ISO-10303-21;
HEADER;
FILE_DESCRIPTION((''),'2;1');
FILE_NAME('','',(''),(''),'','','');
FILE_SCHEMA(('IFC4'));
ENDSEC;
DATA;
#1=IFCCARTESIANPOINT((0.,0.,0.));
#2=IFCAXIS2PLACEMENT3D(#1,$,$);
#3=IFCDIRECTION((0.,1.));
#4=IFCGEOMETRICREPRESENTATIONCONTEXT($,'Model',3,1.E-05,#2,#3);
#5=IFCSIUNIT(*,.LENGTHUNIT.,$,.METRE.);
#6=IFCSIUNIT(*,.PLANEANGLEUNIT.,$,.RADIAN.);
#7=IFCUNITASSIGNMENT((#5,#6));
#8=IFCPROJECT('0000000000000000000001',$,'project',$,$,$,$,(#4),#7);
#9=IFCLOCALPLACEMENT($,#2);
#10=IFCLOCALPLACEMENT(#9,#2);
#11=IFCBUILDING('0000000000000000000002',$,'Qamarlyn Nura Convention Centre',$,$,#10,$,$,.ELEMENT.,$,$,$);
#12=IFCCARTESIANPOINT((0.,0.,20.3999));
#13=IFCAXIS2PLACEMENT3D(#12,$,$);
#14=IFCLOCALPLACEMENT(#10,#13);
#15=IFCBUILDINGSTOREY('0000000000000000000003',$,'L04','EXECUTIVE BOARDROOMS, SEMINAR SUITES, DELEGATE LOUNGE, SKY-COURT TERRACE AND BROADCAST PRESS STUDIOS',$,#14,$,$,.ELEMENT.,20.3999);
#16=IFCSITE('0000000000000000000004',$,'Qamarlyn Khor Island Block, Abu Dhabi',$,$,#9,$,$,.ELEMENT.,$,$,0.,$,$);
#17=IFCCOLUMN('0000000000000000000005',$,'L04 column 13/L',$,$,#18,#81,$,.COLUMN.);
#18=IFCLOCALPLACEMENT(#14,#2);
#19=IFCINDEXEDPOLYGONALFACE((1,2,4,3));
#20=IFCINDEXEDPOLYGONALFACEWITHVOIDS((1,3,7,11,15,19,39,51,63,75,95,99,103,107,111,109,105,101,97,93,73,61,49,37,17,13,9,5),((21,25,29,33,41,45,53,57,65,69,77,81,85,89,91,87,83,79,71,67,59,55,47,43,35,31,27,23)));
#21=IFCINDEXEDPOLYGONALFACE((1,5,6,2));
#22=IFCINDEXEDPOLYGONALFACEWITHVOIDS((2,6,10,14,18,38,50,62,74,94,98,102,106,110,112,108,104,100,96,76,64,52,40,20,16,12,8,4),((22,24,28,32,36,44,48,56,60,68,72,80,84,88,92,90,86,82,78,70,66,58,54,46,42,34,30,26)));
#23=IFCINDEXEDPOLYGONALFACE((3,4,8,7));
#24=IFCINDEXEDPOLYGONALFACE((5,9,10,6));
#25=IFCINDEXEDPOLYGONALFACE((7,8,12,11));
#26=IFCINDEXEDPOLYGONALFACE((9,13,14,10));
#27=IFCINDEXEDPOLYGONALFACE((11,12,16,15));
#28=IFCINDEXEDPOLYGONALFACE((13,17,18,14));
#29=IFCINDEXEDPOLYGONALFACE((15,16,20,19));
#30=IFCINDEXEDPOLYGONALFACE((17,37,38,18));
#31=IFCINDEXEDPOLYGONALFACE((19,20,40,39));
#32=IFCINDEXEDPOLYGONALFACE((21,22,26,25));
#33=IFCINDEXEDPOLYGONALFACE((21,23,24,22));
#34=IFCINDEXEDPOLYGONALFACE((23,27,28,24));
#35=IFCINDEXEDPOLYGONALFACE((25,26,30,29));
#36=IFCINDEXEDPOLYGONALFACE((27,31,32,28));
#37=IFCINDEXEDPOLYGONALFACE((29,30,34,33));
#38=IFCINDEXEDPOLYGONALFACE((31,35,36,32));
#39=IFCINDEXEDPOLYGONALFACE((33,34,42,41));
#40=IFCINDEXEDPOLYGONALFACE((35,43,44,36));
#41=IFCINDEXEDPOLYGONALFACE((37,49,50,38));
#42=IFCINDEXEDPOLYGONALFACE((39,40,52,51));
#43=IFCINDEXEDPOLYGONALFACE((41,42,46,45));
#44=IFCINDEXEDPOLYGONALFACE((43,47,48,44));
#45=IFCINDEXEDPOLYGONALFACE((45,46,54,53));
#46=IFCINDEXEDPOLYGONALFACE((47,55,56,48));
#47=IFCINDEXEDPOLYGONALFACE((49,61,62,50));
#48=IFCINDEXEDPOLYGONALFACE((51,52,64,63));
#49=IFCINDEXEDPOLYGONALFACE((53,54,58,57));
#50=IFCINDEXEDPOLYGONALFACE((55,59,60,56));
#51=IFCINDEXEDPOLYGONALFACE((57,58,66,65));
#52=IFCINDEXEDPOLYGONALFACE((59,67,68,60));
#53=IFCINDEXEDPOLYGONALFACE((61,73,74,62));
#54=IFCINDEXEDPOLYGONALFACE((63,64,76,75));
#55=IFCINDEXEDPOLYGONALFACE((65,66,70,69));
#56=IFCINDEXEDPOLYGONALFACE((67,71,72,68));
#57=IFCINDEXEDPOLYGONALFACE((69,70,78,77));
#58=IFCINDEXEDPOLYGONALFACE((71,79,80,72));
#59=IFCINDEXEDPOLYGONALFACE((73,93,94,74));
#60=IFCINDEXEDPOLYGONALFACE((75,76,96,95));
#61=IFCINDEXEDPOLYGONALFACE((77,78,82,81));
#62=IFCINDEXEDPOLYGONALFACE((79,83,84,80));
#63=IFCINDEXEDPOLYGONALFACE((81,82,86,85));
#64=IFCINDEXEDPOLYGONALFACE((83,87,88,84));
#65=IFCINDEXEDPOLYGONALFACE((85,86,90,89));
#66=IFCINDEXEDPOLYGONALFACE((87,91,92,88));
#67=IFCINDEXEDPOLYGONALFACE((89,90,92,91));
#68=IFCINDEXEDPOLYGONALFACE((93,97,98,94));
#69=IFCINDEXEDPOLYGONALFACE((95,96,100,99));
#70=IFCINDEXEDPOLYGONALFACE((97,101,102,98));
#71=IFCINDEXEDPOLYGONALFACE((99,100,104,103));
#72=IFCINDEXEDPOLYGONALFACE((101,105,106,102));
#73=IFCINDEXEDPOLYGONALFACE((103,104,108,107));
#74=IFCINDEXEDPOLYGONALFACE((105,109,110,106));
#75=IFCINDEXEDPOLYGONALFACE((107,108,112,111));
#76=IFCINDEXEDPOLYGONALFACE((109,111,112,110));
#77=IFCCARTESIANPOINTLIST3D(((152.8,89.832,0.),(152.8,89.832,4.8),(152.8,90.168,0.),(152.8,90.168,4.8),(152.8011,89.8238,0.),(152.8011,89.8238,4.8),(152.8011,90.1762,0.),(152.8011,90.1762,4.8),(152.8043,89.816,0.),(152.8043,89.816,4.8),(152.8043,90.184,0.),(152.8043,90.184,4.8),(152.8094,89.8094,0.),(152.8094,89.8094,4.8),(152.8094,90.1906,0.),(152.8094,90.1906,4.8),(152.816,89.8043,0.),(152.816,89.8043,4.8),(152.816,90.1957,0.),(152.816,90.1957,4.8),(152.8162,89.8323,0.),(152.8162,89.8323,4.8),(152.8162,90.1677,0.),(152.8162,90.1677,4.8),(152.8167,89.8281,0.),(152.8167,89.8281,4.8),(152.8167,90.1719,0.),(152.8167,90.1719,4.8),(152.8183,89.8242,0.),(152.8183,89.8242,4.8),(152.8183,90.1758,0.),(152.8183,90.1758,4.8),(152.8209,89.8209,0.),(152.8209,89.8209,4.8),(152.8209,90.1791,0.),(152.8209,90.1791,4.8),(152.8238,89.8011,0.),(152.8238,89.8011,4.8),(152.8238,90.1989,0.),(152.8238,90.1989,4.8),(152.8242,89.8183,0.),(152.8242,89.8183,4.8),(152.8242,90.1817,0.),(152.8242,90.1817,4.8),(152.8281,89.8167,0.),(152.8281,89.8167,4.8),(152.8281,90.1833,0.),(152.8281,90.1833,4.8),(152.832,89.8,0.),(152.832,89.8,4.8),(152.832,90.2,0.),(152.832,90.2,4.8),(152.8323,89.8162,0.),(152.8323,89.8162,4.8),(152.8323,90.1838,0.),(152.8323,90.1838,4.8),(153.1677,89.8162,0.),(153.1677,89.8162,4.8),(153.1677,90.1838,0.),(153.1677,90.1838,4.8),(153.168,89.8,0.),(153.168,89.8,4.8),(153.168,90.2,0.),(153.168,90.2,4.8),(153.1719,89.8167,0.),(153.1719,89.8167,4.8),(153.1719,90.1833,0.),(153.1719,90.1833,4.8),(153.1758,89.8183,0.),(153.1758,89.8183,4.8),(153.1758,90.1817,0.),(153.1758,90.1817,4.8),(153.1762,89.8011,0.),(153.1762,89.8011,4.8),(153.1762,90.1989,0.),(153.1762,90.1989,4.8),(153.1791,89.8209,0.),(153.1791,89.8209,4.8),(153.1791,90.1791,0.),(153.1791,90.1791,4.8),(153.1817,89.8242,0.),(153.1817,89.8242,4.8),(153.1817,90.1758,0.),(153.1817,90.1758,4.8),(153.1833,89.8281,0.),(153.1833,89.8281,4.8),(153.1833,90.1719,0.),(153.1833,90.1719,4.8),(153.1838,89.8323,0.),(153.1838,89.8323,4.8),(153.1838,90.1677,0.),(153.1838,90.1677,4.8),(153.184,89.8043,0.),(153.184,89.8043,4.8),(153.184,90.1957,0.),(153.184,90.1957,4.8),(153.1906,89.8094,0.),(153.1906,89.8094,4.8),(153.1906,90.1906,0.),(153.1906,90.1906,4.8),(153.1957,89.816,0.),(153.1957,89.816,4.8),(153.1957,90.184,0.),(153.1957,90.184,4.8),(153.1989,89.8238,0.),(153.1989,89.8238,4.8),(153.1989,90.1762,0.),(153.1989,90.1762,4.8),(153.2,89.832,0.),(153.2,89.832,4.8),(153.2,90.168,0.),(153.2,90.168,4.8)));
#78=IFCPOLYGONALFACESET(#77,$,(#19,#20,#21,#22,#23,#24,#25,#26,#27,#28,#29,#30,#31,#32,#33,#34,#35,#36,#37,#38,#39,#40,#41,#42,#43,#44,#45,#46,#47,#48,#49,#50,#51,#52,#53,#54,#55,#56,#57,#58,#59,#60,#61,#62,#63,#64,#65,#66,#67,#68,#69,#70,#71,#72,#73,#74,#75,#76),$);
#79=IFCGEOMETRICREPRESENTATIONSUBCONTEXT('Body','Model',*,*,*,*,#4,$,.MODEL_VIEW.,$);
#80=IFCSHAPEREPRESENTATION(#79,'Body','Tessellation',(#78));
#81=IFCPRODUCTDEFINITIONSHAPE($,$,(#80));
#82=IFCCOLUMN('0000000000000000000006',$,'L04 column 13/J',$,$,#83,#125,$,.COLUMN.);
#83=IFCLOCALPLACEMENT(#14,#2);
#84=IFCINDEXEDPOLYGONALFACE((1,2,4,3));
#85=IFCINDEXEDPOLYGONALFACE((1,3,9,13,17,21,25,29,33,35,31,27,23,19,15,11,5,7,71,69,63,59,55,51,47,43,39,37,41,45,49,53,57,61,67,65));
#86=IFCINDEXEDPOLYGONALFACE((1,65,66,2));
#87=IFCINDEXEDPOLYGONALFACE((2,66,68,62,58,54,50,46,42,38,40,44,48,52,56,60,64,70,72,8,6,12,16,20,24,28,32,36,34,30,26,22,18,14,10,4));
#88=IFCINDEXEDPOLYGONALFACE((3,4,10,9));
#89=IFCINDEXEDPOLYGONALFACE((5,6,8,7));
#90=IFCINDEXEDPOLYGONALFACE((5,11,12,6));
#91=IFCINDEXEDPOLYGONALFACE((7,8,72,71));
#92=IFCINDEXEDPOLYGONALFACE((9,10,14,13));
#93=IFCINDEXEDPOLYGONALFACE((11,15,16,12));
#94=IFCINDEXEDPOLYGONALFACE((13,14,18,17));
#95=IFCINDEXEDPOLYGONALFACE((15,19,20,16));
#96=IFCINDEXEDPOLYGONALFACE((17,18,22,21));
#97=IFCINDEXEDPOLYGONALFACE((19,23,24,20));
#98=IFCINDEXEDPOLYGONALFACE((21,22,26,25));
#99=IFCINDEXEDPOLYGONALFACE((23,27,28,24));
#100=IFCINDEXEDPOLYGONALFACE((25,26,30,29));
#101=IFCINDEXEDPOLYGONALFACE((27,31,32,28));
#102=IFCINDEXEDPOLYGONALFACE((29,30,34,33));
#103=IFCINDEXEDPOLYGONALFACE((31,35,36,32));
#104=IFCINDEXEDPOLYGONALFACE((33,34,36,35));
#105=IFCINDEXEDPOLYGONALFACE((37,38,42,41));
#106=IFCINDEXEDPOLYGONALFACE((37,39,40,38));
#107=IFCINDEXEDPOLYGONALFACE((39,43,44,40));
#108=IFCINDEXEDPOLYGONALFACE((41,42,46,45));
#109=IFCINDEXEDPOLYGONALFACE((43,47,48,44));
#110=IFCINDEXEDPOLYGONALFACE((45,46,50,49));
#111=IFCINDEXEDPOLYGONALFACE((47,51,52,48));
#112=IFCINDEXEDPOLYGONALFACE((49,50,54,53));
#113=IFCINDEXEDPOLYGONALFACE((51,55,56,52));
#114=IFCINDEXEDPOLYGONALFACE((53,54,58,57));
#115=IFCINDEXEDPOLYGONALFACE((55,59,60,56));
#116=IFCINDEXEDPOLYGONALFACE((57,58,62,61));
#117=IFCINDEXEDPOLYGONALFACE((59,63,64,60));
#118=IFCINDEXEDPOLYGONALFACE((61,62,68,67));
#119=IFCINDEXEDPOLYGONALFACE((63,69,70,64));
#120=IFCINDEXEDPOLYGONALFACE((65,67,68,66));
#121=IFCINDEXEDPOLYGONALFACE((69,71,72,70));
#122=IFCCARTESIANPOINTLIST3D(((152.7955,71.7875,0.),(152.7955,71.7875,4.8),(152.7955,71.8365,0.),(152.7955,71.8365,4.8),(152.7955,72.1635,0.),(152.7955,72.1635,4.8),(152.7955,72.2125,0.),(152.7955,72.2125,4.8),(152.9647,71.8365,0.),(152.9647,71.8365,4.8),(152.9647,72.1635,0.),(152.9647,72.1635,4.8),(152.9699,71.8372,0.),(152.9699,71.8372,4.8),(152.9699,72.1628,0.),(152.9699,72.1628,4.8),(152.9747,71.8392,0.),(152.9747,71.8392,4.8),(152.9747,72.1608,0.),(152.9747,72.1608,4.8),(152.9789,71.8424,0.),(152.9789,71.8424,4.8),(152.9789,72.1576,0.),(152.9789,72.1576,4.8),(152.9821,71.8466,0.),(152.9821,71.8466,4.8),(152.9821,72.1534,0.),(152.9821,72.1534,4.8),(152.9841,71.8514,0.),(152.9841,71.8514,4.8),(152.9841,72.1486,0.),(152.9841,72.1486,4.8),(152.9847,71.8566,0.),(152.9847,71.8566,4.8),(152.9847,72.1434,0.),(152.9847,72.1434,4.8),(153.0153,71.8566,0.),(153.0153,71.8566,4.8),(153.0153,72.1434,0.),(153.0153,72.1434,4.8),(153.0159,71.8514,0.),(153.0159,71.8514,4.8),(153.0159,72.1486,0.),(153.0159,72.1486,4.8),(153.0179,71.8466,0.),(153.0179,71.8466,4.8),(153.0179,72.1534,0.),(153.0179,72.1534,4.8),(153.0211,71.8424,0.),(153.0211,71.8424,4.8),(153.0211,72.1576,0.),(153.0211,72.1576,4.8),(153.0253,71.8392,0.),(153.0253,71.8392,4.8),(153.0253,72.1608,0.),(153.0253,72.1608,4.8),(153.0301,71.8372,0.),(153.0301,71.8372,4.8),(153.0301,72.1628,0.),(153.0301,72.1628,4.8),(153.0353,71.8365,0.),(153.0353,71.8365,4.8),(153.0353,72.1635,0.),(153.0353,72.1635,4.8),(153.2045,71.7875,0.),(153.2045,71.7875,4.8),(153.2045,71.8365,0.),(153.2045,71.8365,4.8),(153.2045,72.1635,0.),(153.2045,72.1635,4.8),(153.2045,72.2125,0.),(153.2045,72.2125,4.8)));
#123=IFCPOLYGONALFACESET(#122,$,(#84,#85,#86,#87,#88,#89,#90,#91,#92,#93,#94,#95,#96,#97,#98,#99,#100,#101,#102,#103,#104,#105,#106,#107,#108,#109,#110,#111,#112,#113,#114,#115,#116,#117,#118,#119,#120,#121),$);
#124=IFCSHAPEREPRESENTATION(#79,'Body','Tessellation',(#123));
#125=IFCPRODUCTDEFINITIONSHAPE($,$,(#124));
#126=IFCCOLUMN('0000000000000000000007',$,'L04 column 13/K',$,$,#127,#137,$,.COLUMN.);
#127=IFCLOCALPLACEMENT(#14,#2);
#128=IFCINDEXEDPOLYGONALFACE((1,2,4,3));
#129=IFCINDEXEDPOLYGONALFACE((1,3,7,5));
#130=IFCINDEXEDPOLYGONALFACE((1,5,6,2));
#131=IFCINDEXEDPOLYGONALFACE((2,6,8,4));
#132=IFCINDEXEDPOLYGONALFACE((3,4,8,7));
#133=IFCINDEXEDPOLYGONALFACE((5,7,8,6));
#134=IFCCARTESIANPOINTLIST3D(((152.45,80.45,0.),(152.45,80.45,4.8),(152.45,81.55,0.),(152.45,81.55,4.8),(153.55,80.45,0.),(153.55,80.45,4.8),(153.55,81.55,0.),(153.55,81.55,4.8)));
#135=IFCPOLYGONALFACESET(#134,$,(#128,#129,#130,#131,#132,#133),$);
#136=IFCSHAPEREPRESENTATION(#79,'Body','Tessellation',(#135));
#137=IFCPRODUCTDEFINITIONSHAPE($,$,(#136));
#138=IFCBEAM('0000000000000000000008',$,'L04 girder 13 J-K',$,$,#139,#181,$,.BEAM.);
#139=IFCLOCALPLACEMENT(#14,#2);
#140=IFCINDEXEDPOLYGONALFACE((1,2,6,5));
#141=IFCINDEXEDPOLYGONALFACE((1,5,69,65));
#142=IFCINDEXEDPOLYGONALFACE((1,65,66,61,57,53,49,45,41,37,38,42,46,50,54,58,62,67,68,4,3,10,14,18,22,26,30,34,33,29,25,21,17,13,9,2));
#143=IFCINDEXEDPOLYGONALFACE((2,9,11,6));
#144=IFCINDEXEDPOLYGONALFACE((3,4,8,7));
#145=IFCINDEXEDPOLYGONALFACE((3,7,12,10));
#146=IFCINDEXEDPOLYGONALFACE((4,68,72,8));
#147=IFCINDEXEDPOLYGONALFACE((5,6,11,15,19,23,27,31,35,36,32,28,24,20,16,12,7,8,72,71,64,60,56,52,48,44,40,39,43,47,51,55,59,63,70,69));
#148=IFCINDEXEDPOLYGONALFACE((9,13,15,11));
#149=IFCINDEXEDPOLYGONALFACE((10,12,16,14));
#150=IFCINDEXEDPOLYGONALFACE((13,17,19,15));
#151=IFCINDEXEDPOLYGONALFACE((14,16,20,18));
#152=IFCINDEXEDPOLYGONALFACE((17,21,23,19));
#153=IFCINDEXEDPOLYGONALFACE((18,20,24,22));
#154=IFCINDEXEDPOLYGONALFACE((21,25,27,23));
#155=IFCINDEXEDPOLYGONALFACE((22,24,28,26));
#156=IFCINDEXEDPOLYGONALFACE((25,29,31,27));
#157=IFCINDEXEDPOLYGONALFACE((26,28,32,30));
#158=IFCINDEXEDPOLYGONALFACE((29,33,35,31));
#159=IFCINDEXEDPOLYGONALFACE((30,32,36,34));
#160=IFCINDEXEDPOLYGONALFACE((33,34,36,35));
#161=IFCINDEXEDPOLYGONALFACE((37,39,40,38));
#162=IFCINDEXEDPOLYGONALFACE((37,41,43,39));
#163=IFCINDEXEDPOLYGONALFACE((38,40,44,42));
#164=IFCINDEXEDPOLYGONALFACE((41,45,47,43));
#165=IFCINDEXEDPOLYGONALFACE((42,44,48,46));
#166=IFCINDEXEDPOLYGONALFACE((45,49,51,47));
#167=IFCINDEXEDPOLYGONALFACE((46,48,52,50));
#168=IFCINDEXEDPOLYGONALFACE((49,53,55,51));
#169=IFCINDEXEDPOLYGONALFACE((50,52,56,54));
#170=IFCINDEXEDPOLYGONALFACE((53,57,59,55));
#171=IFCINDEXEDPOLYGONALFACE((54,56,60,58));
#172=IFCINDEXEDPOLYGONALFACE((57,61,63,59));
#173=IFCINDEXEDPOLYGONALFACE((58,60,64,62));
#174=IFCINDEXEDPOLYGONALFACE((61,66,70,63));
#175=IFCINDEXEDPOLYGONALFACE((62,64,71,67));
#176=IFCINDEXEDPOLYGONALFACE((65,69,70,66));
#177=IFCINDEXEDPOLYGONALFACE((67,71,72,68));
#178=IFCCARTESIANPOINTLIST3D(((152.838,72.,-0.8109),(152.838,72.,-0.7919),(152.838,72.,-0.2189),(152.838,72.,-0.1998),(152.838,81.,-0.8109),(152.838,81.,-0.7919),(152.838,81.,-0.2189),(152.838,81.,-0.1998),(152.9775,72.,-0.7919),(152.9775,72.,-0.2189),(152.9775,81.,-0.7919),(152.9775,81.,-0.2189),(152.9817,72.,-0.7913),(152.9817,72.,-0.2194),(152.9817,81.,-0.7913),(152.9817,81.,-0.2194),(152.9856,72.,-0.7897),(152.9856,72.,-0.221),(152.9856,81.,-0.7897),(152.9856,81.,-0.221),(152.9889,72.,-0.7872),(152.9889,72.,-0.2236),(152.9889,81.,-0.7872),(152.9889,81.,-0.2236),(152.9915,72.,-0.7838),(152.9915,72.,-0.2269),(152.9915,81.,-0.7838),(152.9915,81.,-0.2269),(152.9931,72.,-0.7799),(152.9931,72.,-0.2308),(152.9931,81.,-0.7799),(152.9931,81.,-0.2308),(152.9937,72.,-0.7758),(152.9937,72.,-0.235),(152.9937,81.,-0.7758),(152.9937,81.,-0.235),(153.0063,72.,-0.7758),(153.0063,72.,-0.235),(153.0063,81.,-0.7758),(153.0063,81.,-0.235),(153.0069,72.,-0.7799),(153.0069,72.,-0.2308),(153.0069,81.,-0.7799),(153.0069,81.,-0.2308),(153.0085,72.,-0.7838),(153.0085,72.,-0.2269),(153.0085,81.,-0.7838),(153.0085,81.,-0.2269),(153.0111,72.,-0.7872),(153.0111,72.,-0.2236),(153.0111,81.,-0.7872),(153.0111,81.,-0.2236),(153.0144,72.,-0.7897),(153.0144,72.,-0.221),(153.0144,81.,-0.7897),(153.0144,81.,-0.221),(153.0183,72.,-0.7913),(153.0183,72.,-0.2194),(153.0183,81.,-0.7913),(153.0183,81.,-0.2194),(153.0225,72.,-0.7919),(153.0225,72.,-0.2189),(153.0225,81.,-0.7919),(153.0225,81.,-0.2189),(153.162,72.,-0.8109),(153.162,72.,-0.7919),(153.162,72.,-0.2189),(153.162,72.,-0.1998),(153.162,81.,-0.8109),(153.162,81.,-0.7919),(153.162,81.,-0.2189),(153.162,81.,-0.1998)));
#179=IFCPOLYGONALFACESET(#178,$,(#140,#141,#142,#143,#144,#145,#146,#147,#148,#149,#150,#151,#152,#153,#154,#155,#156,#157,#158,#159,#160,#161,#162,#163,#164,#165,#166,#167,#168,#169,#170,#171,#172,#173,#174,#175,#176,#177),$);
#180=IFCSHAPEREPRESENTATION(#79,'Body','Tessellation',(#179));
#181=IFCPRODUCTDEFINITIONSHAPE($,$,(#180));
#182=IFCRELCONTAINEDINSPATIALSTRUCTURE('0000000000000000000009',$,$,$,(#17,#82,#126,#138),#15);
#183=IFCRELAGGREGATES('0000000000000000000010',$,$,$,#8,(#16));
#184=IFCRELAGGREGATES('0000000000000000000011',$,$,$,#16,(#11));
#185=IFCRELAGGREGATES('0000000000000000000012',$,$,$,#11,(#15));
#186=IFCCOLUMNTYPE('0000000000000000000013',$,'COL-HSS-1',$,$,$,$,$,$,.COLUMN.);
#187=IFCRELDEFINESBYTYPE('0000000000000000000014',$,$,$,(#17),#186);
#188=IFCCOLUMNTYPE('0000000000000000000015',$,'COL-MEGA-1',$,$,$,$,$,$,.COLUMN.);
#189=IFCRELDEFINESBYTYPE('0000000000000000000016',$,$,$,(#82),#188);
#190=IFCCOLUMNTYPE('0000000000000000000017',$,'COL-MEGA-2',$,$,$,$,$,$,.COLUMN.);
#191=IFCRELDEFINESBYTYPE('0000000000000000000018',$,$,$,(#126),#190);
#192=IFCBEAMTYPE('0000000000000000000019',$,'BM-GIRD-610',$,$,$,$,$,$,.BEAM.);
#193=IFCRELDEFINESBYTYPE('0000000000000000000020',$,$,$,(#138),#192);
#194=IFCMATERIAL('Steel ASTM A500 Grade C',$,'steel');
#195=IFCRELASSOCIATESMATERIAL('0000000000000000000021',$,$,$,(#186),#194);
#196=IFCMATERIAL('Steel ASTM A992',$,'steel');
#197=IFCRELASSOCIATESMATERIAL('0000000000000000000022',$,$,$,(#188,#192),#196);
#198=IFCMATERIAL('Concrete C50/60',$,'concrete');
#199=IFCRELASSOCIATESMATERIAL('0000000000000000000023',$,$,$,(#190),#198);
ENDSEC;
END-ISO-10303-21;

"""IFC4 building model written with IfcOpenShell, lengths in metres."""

from ifc_helpers import new_model, si_unit, direction, frame, origin, origin_2d, place, context, subcontext, project, spatial, rectangle, hollow_rectangle, i_section, extrude, material, material_profile, profile_set, type_object, element, save


model = new_model("IFC4")

# Units and contexts
model_context = context("Model", 3, precision=1e-05, world=origin(), true_north=direction((0.0, 1.0)))
body_context = subcontext(model_context, "Body", "Model", "MODEL_VIEW")
ifc_project = project(units=[si_unit("LENGTHUNIT", "METRE"), si_unit("PLANEANGLEUNIT", "RADIAN")], contexts=[model_context])

# Site, building, storey
site_placement = place(None, origin())
site = spatial("IfcSite", under=ifc_project, at=site_placement, Name="Qamarlyn Khor Island Block, Abu Dhabi", CompositionType="ELEMENT", RefElevation=0.0)
building_placement = place(site_placement, origin())
building = spatial("IfcBuilding", under=site, at=building_placement, Name="Qamarlyn Nura Convention Centre", CompositionType="ELEMENT")
storey_placement = place(building_placement, frame((0.0, 0.0, 20.3999)))
storey = spatial("IfcBuildingStorey", under=building, at=storey_placement, Name="L04", Description="EXECUTIVE BOARDROOMS, SEMINAR SUITES, DELEGATE LOUNGE, SKY-COURT TERRACE AND BROADCAST PRESS STUDIOS", CompositionType="ELEMENT", Elevation=20.3999)

# Columns
ifc_material_1 = material(Name="Steel ASTM A500 Grade C", Category="steel")
ifc_material_profile_1 = material_profile(ifc_material_1, hollow_rectangle(XDim=0.3999, YDim=0.3999, WallThickness=0.0161, InnerFilletRadius=0.0161, OuterFilletRadius=0.032, at=origin_2d()), Name="HSS400X400X16")
ifc_profile_set_1 = profile_set([ifc_material_profile_1], Name="Steel ASTM A500 Grade C")
column_type_1 = type_object("IfcColumnType", Name="COL-HSS-1", PredefinedType="COLUMN", material=ifc_profile_set_1)
column_1_placement = place(storey_placement, frame((153.0, 90.0, 0.0), z_axis=(0.0, 0.0, 1.0), x_axis=(1.0, 0.0, 0.0)))
element("IfcColumn", 1, at=column_1_placement, inside=storey, type_object=column_type_1, Name="L04 column 13/L", PredefinedType="COLUMN", context=body_context, shape_type="SweptSolid", body=[
    extrude(hollow_rectangle(XDim=0.3999, YDim=0.3999, WallThickness=0.0161, InnerFilletRadius=0.0161, OuterFilletRadius=0.032, at=origin_2d()), origin(), (0.0, 0.0, 1.0), 4.8),
])
ifc_material_2 = material(Name="Steel ASTM A992", Category="steel")
ifc_material_profile_2 = material_profile(ifc_material_2, i_section(OverallWidth=0.4089, OverallDepth=0.425, WebThickness=0.0305, FlangeThickness=0.0491, FilletRadius=0.02, at=origin_2d()), Name="W360X421")
ifc_profile_set_2 = profile_set([ifc_material_profile_2], Name="Steel ASTM A992")
column_type_2 = type_object("IfcColumnType", Name="COL-MEGA-1", PredefinedType="COLUMN", material=ifc_profile_set_2)
column_2_placement = place(storey_placement, frame((153.0, 72.0, 0.0), z_axis=(0.0, 0.0, 1.0), x_axis=(1.0, 0.0, 0.0)))
element("IfcColumn", 2, at=column_2_placement, inside=storey, type_object=column_type_2, Name="L04 column 13/J", PredefinedType="COLUMN", context=body_context, shape_type="SweptSolid", body=[
    extrude(i_section(OverallWidth=0.4089, OverallDepth=0.425, WebThickness=0.0305, FlangeThickness=0.0491, FilletRadius=0.02, at=origin_2d()), origin(), (0.0, 0.0, 1.0), 4.8),
])
ifc_material_3 = material(Name="Concrete C50/60", Category="concrete")
ifc_material_profile_3 = material_profile(ifc_material_3, rectangle(XDim=1.1001, YDim=1.1001, at=origin_2d()), Name="RC 1100x1100")
ifc_profile_set_3 = profile_set([ifc_material_profile_3], Name="Concrete C50/60")
column_type_3 = type_object("IfcColumnType", Name="COL-MEGA-2", PredefinedType="COLUMN", material=ifc_profile_set_3)
column_3_placement = place(storey_placement, frame((153.0, 81.0, 0.0), z_axis=(0.0, 0.0, 1.0), x_axis=(1.0, 0.0, 0.0)))
element("IfcColumn", 3, at=column_3_placement, inside=storey, type_object=column_type_3, Name="L04 column 13/K", PredefinedType="COLUMN", context=body_context, shape_type="SweptSolid", body=[
    extrude(rectangle(XDim=1.1001, YDim=1.1001, at=origin_2d()), origin(), (0.0, 0.0, 1.0), 4.8),
])

# Beam
ifc_material_profile_4 = material_profile(ifc_material_2, i_section(OverallWidth=0.324, OverallDepth=0.6111, WebThickness=0.0127, FlangeThickness=0.019, FilletRadius=0.0161, at=origin_2d()), Name="W610X155")
ifc_profile_set_4 = profile_set([ifc_material_profile_4], Name="Steel ASTM A992")
beam_type_1 = type_object("IfcBeamType", Name="BM-GIRD-610", PredefinedType="BEAM", material=ifc_profile_set_4)
beam_1_placement = place(storey_placement, frame((153.0, 72.0, -0.5054), z_axis=(0.0, 1.0, 0.0), x_axis=(-1.0, 0.0, 0.0)))
element("IfcBeam", 4, at=beam_1_placement, inside=storey, type_object=beam_type_1, Name="L04 girder 13 J-K", PredefinedType="BEAM", context=body_context, shape_type="SweptSolid", body=[
    extrude(i_section(OverallWidth=0.324, OverallDepth=0.6111, WebThickness=0.0127, FlangeThickness=0.019, FilletRadius=0.0161, at=origin_2d()), origin(), (0.0, 0.0, 1.0), 9.0),
])

save(model, "model.ifc")
